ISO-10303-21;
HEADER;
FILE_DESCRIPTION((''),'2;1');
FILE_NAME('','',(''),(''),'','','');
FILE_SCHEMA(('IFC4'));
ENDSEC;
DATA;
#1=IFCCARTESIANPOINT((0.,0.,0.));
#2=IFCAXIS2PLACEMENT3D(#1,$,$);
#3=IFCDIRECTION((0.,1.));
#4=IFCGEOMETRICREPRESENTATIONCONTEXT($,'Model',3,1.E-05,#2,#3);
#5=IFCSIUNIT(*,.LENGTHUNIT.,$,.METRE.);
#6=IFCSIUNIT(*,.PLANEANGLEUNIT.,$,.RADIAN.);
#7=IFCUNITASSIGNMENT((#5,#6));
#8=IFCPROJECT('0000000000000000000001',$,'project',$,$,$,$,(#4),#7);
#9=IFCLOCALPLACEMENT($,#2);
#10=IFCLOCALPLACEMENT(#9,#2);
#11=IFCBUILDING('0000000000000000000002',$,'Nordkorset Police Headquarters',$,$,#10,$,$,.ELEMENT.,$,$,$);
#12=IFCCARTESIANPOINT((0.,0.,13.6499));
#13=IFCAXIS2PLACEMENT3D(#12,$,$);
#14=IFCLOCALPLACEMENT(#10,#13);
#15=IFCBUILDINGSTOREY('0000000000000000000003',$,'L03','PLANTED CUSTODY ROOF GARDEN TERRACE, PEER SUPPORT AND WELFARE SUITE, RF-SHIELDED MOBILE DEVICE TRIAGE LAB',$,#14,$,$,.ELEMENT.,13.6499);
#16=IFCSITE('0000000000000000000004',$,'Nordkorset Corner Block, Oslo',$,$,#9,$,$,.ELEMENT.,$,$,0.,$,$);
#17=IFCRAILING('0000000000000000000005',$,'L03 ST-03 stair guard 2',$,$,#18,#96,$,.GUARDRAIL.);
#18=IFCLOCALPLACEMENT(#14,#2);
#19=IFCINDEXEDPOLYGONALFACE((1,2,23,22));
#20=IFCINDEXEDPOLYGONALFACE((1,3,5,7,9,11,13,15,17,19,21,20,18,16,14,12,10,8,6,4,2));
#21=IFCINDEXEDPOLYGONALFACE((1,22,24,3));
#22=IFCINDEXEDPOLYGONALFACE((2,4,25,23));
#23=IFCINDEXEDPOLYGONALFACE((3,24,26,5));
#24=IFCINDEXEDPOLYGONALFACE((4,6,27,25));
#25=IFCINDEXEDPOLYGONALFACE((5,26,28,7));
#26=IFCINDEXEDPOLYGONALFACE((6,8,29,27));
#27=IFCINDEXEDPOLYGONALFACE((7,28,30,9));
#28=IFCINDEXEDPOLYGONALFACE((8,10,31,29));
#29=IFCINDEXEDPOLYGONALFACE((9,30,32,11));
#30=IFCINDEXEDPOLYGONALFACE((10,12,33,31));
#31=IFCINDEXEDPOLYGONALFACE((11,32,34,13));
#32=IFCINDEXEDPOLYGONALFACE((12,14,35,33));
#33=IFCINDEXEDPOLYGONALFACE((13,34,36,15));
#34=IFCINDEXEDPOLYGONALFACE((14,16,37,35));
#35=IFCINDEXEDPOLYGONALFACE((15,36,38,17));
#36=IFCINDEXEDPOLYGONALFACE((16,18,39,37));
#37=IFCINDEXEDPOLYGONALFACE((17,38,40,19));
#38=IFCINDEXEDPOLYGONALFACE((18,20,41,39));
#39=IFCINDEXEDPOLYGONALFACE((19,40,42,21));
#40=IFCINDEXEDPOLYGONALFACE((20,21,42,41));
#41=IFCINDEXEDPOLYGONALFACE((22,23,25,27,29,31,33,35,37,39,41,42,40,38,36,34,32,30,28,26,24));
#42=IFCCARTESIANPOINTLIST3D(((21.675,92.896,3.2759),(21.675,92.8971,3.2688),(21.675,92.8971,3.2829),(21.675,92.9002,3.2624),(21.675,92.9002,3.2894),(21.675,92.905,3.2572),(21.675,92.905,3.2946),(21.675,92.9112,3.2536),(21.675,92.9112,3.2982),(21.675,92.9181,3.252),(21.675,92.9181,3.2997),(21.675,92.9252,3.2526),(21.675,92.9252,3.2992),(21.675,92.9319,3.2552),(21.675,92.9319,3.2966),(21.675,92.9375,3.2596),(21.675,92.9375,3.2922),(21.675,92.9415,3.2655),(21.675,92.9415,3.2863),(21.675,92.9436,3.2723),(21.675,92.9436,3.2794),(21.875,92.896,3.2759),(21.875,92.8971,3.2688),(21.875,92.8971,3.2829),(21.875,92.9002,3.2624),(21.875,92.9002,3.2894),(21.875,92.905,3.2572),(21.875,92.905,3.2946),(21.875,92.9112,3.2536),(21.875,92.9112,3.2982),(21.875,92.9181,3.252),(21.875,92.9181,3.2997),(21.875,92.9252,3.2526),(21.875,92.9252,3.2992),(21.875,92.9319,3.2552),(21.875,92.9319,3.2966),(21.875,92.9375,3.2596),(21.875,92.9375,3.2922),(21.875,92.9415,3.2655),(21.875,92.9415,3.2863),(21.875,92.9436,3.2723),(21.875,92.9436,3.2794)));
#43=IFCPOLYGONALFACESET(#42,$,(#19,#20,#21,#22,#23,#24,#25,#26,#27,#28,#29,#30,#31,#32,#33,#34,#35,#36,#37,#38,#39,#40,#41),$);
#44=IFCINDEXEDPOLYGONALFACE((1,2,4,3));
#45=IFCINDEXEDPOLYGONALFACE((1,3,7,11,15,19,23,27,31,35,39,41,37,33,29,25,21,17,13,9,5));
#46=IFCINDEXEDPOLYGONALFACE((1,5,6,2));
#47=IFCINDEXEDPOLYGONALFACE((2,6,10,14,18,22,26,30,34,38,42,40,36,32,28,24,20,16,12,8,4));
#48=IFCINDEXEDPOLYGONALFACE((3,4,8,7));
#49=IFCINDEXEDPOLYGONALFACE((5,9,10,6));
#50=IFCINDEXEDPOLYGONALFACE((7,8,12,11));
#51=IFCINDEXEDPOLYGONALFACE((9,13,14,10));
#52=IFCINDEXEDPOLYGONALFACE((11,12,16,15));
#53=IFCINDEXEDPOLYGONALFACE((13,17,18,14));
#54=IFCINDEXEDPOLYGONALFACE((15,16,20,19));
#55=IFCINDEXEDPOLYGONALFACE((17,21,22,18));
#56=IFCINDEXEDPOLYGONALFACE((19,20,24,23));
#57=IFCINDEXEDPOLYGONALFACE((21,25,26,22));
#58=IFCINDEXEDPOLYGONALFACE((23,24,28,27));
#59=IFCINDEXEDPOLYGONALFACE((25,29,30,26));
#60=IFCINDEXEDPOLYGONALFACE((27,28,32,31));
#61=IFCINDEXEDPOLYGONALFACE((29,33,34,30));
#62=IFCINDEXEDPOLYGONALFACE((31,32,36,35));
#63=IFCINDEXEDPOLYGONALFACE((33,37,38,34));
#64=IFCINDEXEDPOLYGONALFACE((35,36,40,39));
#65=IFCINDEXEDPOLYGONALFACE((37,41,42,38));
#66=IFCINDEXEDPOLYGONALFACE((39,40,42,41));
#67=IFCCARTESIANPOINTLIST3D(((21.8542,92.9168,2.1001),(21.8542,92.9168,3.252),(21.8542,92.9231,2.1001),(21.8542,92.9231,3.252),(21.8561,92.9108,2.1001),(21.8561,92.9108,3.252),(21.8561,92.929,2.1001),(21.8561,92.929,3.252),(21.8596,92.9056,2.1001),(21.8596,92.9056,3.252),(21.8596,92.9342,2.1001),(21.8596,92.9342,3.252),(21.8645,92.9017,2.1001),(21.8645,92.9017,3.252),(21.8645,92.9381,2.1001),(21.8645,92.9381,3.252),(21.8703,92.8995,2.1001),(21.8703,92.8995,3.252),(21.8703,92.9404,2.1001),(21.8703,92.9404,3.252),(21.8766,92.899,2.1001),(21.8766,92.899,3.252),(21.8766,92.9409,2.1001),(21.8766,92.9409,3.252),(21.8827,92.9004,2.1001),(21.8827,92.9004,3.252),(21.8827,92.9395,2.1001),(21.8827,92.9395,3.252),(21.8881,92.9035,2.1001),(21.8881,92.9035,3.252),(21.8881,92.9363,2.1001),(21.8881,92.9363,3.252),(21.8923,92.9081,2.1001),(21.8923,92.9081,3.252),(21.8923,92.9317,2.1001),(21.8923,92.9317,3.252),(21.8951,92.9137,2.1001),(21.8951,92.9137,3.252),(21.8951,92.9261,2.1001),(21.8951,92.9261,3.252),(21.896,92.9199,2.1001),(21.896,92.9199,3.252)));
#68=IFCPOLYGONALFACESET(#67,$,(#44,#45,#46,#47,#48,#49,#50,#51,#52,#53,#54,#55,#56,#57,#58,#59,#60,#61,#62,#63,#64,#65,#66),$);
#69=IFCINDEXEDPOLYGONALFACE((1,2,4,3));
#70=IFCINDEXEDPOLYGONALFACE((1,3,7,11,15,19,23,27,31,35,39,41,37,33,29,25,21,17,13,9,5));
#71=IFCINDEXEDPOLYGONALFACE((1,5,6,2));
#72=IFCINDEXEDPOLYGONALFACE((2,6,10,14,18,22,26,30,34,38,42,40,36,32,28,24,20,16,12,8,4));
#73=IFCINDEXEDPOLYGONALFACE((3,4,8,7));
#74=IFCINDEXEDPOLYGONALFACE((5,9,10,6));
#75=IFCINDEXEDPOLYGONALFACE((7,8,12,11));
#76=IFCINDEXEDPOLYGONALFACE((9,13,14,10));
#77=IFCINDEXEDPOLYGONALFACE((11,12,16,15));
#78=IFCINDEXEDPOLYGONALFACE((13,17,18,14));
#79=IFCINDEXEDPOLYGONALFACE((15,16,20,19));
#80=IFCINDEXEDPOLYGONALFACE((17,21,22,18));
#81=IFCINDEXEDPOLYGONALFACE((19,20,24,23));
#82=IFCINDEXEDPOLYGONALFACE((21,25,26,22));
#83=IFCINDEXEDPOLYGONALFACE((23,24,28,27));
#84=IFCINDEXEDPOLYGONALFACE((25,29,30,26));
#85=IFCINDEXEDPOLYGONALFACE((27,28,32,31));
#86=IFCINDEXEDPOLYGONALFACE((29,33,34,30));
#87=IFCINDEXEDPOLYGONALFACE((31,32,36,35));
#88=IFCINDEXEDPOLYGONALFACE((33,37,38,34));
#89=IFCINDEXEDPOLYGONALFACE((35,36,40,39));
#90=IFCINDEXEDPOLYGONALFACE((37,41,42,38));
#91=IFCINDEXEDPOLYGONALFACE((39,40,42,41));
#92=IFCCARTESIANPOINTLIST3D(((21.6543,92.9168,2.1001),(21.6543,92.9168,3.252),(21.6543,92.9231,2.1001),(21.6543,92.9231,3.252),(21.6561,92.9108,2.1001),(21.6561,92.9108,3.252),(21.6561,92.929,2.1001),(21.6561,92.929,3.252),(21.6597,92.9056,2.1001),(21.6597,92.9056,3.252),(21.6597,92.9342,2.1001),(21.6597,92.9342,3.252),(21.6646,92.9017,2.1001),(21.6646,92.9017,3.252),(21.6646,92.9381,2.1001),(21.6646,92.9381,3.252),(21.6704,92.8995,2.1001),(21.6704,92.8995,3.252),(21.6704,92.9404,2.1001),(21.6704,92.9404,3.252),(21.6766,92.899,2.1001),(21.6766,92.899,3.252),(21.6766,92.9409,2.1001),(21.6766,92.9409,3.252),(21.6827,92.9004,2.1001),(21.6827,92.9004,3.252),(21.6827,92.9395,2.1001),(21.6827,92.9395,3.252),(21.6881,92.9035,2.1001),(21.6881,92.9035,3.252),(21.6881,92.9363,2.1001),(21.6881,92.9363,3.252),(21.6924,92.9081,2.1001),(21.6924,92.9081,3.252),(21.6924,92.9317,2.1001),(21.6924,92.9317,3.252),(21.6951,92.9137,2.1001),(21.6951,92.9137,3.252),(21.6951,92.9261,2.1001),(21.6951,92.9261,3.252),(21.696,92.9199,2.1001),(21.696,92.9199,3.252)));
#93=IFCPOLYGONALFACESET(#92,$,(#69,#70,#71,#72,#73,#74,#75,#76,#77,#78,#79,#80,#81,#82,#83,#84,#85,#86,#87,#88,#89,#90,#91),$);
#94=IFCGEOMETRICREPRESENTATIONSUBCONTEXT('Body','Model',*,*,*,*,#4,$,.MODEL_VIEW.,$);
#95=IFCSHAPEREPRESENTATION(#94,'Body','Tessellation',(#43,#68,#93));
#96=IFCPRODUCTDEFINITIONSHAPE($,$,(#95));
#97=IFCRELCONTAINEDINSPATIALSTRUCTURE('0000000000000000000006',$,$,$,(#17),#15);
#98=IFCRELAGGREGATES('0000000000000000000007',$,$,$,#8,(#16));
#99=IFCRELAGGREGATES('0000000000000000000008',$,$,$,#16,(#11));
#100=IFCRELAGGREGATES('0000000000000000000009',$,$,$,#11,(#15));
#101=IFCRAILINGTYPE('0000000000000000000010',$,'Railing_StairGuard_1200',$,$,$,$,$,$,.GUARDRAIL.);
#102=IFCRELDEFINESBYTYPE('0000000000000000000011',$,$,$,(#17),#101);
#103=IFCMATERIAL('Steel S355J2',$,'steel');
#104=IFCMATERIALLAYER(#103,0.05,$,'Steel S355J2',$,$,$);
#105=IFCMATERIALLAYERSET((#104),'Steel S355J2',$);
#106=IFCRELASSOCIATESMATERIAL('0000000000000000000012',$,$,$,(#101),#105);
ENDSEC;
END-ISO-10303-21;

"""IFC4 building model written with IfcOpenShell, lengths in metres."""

from ifc_helpers import new_model, si_unit, direction, frame, origin, origin_2d, place, context, subcontext, project, spatial, circle, extrude, material, layer, layer_set, type_object, element, save


model = new_model("IFC4")

# Units and contexts
model_context = context("Model", 3, precision=1e-05, world=origin(), true_north=direction((0.0, 1.0)))
body_context = subcontext(model_context, "Body", "Model", "MODEL_VIEW")
ifc_project = project(units=[si_unit("LENGTHUNIT", "METRE"), si_unit("PLANEANGLEUNIT", "RADIAN")], contexts=[model_context])

# Site, building, storey
site_placement = place(None, origin())
site = spatial("IfcSite", under=ifc_project, at=site_placement, Name="Nordkorset Corner Block, Oslo", CompositionType="ELEMENT", RefElevation=0.0)
building_placement = place(site_placement, origin())
building = spatial("IfcBuilding", under=site, at=building_placement, Name="Nordkorset Police Headquarters", CompositionType="ELEMENT")
storey_placement = place(building_placement, frame((0.0, 0.0, 13.6499)))
storey = spatial("IfcBuildingStorey", under=building, at=storey_placement, Name="L03", Description="PLANTED CUSTODY ROOF GARDEN TERRACE, PEER SUPPORT AND WELFARE SUITE, RF-SHIELDED MOBILE DEVICE TRIAGE LAB", CompositionType="ELEMENT", Elevation=13.6499)

# Railing
ifc_material_1 = material(Name="Steel S355J2", Category="steel")
ifc_layer_1 = layer(ifc_material_1, 0.05, Name="Steel S355J2")
ifc_layer_set_1 = layer_set([ifc_layer_1], Name="Steel S355J2")
railing_type_1 = type_object("IfcRailingType", Name="Railing_StairGuard_1200", PredefinedType="GUARDRAIL", material=ifc_layer_set_1)
railing_1_placement = place(storey_placement, frame((21.875, 92.9199, 2.1001)))
element("IfcRailing", 1, at=railing_1_placement, inside=storey, type_object=railing_type_1, Name="L03 ST-03 stair guard 2", PredefinedType="GUARDRAIL", context=body_context, shape_type="SweptSolid", body=[
    extrude(circle(Radius=0.0239, at=origin_2d()), frame((0.0, 0.0, 1.1758), z_axis=(-1.0, 0.0, 0.0), x_axis=(0.0, -1.0, 0.0)), (0.0, 0.0, 1.0), 0.2),
    extrude(circle(Radius=0.021, at=origin_2d()), origin(), (0.0, 0.0, 1.0), 1.1519),
    extrude(circle(Radius=0.021, at=origin_2d()), frame((-0.2, 0.0, 0.0)), (0.0, 0.0, 1.0), 1.1519),
])

save(model, "model.ifc")
